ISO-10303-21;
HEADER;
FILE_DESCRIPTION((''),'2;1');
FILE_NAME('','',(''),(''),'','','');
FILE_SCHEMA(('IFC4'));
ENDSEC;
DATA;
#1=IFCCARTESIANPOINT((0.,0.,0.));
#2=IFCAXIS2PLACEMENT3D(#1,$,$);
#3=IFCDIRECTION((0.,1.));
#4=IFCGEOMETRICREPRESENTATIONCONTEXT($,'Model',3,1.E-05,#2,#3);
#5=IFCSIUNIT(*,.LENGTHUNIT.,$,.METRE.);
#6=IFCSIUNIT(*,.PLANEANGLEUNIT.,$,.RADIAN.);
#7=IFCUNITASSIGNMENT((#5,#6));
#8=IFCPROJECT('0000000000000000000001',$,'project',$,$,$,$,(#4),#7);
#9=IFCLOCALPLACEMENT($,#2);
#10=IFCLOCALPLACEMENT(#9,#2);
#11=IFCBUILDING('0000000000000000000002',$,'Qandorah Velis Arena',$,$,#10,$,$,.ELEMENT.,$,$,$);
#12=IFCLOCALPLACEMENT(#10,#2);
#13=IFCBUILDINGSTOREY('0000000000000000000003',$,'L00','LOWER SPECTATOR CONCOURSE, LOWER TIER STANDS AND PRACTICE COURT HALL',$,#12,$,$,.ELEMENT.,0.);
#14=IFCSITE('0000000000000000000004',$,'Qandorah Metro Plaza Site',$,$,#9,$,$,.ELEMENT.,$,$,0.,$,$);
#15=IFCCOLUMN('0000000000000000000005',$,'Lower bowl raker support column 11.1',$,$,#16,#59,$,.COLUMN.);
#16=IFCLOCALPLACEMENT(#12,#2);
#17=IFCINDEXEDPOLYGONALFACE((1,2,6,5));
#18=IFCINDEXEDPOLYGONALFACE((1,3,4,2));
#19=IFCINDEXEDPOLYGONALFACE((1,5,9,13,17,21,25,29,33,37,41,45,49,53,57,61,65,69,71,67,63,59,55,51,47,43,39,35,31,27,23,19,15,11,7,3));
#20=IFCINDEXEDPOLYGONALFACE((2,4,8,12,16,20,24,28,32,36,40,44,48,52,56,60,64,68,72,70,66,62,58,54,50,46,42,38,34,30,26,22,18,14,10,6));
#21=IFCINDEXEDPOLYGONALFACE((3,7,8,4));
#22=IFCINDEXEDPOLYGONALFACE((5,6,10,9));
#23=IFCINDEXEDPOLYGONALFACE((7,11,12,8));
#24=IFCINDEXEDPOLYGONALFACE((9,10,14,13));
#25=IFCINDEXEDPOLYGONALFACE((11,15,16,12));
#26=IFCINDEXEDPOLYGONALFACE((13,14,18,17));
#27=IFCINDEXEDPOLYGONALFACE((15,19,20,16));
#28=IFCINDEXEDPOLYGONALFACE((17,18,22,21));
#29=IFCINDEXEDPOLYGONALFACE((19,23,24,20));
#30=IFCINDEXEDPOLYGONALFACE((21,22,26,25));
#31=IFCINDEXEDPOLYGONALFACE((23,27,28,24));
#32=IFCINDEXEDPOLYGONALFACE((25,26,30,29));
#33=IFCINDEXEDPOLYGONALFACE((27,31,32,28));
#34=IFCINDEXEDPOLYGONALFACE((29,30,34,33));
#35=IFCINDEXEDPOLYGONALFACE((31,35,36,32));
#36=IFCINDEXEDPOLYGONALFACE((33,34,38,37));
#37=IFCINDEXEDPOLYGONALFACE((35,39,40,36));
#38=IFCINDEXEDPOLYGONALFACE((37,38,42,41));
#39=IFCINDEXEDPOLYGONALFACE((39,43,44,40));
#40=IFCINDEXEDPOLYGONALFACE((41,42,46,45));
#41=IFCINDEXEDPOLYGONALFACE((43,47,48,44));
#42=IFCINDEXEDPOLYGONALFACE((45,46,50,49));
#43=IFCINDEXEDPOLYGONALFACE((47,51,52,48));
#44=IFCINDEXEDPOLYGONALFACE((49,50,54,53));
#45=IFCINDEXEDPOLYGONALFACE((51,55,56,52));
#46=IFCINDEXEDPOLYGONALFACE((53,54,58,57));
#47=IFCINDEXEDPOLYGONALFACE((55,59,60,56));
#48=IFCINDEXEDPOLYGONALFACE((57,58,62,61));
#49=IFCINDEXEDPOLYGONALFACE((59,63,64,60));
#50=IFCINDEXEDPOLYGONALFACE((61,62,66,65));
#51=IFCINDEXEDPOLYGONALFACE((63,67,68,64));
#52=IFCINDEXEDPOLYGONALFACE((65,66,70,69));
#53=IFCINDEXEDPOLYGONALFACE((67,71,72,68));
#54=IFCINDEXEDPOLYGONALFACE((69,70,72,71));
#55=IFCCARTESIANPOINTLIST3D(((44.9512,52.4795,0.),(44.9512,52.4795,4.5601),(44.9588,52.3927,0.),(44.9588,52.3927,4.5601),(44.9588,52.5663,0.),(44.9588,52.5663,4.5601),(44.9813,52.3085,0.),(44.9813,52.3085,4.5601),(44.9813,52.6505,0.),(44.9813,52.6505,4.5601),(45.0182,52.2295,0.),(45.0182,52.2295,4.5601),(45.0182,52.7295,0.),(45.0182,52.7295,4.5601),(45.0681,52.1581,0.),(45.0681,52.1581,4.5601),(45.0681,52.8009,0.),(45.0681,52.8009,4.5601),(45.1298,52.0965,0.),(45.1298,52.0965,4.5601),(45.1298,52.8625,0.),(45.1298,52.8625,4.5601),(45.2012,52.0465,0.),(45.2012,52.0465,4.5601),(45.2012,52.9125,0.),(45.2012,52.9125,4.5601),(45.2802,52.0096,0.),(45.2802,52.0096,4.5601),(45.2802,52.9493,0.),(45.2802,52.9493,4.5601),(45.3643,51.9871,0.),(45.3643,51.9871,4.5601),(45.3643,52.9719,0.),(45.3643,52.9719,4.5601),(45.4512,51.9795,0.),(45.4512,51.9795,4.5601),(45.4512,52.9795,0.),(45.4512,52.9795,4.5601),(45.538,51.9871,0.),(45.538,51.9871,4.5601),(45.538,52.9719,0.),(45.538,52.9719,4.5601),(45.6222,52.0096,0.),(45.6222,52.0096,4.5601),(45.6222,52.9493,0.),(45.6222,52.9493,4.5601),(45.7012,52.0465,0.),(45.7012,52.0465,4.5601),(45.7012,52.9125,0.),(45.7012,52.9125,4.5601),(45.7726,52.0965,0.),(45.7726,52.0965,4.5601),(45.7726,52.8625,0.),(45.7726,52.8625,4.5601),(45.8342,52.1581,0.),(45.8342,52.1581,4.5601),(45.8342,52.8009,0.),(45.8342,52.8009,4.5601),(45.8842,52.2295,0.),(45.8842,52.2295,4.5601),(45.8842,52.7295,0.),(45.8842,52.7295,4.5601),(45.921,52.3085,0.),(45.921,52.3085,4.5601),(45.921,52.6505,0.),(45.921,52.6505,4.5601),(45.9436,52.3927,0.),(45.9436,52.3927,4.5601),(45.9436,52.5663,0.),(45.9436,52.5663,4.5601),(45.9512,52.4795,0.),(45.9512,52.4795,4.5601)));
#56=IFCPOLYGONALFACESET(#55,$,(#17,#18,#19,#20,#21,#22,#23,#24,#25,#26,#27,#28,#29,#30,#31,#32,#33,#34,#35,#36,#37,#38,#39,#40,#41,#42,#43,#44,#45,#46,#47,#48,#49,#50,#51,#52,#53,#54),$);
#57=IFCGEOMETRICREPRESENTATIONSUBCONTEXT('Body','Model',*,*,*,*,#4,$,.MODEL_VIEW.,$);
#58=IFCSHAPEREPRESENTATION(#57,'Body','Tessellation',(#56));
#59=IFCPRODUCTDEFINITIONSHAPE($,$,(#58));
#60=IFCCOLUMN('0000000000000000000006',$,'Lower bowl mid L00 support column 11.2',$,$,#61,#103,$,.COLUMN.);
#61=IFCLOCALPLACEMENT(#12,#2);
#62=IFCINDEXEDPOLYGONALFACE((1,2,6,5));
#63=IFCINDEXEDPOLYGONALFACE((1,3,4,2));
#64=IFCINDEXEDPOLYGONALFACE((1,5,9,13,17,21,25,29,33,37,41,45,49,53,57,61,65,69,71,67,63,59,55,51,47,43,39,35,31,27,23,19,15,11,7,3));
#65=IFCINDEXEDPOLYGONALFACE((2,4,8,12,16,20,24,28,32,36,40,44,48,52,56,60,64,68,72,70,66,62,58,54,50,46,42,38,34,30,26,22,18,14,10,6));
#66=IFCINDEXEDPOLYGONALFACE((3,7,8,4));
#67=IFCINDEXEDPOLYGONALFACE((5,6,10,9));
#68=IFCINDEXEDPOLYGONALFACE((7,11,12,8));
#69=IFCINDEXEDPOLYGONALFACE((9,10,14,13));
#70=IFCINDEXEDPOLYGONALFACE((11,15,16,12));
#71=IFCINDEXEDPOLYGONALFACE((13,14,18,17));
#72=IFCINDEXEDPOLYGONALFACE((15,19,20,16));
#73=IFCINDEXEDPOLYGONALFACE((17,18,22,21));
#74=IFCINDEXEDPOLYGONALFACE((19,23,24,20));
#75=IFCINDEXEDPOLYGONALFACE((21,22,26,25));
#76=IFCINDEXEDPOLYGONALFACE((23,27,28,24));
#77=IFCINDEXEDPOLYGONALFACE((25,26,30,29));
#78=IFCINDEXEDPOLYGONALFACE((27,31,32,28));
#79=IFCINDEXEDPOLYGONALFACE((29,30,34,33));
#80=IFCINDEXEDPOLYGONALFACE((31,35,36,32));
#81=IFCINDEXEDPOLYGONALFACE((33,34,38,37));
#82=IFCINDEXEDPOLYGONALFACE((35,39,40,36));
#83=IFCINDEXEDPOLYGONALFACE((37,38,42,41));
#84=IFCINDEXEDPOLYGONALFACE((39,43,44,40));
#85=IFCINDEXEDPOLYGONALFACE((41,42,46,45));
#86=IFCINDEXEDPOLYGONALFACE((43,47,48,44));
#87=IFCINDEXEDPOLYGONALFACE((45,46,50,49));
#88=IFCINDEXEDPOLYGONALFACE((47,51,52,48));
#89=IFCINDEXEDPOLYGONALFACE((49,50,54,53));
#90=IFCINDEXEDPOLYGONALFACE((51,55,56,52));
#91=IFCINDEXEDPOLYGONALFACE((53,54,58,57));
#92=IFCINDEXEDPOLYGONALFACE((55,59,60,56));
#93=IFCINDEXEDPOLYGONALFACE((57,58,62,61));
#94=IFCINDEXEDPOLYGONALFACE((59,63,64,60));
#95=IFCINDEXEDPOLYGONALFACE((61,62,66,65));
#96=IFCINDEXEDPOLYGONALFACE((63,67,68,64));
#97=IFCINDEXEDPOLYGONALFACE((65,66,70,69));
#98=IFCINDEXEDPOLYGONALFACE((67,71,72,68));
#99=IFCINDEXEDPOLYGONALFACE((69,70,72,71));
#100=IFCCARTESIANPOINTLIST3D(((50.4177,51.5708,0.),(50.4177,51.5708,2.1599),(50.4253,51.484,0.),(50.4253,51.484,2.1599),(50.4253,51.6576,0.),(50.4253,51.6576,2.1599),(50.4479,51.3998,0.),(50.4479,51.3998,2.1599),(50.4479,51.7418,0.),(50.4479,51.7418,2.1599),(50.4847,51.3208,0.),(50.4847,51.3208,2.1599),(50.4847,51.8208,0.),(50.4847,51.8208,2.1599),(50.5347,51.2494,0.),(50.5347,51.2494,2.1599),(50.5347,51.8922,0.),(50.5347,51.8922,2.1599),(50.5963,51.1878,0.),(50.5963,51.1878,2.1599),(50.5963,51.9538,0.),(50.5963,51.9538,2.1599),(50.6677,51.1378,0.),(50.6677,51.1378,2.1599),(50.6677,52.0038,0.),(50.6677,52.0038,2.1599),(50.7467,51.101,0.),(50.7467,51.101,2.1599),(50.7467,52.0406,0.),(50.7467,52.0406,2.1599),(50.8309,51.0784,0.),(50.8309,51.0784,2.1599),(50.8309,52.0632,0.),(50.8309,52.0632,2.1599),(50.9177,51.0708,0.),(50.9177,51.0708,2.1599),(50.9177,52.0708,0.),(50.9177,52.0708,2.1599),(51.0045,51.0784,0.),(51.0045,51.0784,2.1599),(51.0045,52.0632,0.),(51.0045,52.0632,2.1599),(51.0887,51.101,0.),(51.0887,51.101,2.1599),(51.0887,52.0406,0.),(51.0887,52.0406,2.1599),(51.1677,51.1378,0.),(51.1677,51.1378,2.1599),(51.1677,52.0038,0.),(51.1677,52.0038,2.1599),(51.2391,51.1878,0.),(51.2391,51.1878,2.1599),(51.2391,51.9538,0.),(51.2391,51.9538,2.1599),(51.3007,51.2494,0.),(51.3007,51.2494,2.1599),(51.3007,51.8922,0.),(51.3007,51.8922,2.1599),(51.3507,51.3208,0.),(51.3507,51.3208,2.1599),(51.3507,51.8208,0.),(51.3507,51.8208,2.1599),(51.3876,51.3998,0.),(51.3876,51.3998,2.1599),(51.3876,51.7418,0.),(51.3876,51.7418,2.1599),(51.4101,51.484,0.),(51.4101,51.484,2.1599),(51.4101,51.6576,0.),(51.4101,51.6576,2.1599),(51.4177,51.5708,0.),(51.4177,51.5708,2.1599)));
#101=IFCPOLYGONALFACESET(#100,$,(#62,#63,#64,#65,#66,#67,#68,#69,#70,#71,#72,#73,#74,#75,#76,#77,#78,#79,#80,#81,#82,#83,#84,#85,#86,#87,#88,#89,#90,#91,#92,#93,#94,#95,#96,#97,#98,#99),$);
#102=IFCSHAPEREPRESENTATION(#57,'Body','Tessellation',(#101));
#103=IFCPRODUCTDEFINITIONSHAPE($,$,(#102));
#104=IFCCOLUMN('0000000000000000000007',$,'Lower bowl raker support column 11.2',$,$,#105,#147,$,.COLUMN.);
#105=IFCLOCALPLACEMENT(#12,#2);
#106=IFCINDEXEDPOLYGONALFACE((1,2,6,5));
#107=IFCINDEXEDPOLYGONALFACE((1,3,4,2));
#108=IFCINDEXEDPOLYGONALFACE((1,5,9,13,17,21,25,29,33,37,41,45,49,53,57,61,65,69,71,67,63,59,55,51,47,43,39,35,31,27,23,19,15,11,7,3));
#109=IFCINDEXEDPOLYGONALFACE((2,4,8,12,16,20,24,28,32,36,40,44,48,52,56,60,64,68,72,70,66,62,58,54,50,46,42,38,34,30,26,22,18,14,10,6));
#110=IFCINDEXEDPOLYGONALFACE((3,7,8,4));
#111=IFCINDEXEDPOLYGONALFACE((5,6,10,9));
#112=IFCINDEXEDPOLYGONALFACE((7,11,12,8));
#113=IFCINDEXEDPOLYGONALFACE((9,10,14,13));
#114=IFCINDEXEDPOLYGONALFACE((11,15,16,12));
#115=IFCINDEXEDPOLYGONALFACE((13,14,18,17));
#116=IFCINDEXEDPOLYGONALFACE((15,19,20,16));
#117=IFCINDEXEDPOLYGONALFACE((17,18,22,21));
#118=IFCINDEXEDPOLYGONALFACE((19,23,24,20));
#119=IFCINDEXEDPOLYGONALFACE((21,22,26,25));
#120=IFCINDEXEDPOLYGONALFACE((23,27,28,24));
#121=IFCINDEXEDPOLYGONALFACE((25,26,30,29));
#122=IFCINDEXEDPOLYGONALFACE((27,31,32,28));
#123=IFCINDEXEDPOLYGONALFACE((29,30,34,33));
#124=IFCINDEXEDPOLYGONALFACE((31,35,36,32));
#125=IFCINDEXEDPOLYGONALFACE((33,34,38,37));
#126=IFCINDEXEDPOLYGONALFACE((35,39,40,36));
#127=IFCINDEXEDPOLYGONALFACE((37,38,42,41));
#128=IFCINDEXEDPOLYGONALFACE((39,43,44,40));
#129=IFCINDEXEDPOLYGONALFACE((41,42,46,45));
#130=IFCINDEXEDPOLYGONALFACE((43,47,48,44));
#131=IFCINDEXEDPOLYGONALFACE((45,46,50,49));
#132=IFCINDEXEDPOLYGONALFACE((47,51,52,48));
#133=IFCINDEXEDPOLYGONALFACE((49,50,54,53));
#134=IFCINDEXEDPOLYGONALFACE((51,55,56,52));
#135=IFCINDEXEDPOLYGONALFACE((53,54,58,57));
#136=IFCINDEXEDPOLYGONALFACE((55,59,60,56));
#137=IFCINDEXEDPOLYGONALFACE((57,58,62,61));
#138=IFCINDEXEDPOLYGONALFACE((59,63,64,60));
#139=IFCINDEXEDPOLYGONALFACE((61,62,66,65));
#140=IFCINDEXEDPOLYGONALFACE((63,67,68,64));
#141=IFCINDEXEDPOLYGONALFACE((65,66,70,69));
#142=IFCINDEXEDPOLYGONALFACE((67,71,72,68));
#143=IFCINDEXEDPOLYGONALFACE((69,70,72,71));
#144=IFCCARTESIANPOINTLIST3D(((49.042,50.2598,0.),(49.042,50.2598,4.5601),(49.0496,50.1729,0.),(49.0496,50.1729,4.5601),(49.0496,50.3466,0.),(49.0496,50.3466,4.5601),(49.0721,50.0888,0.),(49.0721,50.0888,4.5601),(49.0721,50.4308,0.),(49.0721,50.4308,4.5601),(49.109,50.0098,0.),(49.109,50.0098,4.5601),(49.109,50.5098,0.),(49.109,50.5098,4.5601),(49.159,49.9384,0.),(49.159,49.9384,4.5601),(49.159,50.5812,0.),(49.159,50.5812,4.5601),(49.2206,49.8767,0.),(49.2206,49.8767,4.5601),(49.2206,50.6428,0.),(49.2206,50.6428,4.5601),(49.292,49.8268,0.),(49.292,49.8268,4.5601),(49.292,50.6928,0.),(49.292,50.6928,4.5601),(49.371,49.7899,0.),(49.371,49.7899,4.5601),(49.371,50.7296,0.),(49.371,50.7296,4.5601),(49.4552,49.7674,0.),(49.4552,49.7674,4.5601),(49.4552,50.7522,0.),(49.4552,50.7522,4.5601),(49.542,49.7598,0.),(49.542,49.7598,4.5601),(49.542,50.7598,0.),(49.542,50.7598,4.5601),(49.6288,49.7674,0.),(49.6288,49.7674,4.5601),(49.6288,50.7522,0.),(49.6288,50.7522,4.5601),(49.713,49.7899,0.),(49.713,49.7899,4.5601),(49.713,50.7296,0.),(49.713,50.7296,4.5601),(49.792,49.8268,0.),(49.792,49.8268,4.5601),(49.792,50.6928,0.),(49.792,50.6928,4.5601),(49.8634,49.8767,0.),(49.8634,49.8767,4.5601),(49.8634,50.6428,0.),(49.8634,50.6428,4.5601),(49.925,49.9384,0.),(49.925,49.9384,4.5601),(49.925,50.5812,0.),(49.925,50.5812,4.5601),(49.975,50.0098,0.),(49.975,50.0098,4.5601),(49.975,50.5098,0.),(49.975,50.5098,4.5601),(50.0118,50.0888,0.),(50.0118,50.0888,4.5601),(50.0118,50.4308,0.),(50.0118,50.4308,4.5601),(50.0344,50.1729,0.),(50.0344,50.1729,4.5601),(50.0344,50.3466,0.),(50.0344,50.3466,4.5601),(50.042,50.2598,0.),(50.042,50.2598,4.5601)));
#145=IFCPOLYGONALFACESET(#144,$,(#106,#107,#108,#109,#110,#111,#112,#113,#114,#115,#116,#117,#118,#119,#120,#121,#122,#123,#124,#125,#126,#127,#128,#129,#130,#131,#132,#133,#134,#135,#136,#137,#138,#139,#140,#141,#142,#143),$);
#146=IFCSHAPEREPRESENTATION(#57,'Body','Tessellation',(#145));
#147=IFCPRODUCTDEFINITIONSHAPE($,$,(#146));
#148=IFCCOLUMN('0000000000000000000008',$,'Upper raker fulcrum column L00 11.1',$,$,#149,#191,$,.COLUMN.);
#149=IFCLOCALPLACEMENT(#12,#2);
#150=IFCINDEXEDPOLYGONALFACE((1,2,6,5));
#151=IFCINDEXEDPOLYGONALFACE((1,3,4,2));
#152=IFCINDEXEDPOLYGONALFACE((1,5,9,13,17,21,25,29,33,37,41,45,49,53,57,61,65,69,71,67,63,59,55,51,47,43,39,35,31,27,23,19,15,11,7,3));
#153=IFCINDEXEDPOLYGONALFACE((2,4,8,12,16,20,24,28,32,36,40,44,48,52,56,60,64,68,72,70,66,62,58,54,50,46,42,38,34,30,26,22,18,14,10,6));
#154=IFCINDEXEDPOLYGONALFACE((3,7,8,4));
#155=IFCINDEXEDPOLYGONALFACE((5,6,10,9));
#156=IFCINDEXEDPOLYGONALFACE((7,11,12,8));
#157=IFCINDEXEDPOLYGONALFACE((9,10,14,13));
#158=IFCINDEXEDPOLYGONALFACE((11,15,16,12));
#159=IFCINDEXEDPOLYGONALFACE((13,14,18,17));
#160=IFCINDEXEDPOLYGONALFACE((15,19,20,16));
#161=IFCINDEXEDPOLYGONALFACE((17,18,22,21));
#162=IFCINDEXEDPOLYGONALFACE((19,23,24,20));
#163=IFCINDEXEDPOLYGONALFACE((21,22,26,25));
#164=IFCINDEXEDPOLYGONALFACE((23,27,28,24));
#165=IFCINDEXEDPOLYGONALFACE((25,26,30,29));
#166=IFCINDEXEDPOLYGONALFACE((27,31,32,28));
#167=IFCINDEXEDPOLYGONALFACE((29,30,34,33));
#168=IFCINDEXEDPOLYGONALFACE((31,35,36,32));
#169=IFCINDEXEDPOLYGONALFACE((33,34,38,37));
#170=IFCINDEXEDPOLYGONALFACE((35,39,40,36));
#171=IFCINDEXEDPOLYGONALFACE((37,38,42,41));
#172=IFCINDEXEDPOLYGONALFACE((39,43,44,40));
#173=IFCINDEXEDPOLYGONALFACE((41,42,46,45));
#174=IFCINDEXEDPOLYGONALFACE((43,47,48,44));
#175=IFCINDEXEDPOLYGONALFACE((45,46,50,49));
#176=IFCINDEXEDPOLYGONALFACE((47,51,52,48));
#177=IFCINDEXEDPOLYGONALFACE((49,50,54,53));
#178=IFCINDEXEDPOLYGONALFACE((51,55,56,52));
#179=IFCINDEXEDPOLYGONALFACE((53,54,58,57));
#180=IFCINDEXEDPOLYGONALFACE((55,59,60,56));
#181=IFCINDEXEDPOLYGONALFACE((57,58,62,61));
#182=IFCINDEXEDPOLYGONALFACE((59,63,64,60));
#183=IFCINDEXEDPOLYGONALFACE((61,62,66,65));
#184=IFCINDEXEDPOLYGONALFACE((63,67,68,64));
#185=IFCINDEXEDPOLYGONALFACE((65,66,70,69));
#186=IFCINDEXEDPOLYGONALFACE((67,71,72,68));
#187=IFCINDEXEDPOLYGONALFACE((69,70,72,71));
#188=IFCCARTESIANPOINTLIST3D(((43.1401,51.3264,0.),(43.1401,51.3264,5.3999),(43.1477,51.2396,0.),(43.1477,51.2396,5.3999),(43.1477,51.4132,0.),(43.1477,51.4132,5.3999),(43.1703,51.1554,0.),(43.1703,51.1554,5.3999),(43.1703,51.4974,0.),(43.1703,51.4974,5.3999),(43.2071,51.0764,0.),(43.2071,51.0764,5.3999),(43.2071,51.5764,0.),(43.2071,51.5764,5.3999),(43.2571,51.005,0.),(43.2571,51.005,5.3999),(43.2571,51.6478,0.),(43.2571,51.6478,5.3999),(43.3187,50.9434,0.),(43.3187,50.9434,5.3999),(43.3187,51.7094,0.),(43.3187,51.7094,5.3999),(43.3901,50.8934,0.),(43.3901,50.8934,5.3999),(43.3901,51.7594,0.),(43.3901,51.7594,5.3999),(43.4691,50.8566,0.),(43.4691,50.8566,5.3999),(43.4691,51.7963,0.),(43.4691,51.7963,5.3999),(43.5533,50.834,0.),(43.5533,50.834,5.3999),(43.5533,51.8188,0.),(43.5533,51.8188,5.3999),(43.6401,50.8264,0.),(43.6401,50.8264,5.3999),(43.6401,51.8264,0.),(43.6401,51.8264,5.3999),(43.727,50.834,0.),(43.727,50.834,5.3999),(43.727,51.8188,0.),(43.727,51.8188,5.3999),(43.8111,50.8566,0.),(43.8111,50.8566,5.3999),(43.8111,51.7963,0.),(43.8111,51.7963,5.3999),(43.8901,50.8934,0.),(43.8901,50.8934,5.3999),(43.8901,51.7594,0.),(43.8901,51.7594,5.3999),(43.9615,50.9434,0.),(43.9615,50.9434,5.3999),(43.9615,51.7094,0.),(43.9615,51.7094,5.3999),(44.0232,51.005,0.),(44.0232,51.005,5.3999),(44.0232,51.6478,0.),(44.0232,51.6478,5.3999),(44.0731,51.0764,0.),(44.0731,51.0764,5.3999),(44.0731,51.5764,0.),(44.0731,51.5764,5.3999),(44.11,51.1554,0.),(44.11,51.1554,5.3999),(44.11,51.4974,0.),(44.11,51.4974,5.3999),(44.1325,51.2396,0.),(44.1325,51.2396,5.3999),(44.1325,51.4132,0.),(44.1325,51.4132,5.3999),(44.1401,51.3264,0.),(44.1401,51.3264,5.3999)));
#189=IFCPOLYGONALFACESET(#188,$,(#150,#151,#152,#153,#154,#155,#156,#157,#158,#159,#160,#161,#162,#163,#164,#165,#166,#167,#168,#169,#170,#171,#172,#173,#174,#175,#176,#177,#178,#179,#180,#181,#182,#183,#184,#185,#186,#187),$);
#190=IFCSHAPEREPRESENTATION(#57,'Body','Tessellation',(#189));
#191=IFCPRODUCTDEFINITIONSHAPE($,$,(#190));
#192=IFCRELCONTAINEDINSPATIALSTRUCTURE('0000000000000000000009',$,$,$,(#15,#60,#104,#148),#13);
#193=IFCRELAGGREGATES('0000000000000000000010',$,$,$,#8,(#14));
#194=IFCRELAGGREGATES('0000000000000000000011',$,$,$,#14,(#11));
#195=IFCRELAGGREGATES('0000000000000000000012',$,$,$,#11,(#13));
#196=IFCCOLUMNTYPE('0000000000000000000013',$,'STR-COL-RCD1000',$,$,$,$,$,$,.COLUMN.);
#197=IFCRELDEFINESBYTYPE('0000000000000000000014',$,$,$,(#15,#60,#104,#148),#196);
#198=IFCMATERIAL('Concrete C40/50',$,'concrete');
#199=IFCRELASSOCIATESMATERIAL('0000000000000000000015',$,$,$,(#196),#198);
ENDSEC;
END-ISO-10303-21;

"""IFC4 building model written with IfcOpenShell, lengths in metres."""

from ifc_helpers import new_model, si_unit, direction, frame, origin, origin_2d, place, context, subcontext, project, spatial, circle, extrude, material, material_profile, profile_set, type_object, element, save


model = new_model("IFC4")

# Units and contexts
model_context = context("Model", 3, precision=1e-05, world=origin(), true_north=direction((0.0, 1.0)))
body_context = subcontext(model_context, "Body", "Model", "MODEL_VIEW")
ifc_project = project(units=[si_unit("LENGTHUNIT", "METRE"), si_unit("PLANEANGLEUNIT", "RADIAN")], contexts=[model_context])

# Site, building, storey
site_placement = place(None, origin())
site = spatial("IfcSite", under=ifc_project, at=site_placement, Name="Qandorah Metro Plaza Site", CompositionType="ELEMENT", RefElevation=0.0)
building_placement = place(site_placement, origin())
building = spatial("IfcBuilding", under=site, at=building_placement, Name="Qandorah Velis Arena", CompositionType="ELEMENT")
storey_placement = place(building_placement, origin())
storey = spatial("IfcBuildingStorey", under=building, at=storey_placement, Name="L00", Description="LOWER SPECTATOR CONCOURSE, LOWER TIER STANDS AND PRACTICE COURT HALL", CompositionType="ELEMENT", Elevation=0.0)

# Columns
ifc_material_1 = material(Name="Concrete C40/50", Category="concrete")
ifc_material_profile_1 = material_profile(ifc_material_1, circle(Radius=0.5, at=origin_2d()), Name="RC D1000")
ifc_profile_set_1 = profile_set([ifc_material_profile_1], Name="Concrete C40/50")
column_type = type_object("IfcColumnType", Name="STR-COL-RCD1000", PredefinedType="COLUMN", material=ifc_profile_set_1)
column_1_placement = place(storey_placement, frame((45.4512, 52.4795, 0.0), z_axis=(0.0, 0.0, 1.0), x_axis=(1.0, 0.0, 0.0)))
element("IfcColumn", 1, at=column_1_placement, inside=storey, type_object=column_type, Name="Lower bowl raker support column 11.1", PredefinedType="COLUMN", context=body_context, shape_type="SweptSolid", body=[
    extrude(circle(Radius=0.5, at=origin_2d()), origin(), (0.0, 0.0, 1.0), 4.5601),
])
column_2_placement = place(storey_placement, frame((50.9177, 51.5708, 0.0), z_axis=(0.0, 0.0, 1.0), x_axis=(1.0, 0.0, 0.0)))
element("IfcColumn", 2, at=column_2_placement, inside=storey, type_object=column_type, Name="Lower bowl mid L00 support column 11.2", PredefinedType="COLUMN", context=body_context, shape_type="SweptSolid", body=[
    extrude(circle(Radius=0.5, at=origin_2d()), origin(), (0.0, 0.0, 1.0), 2.1599),
])
column_3_placement = place(storey_placement, frame((49.542, 50.2598, 0.0), z_axis=(0.0, 0.0, 1.0), x_axis=(1.0, 0.0, 0.0)))
element("IfcColumn", 3, at=column_3_placement, inside=storey, type_object=column_type, Name="Lower bowl raker support column 11.2", PredefinedType="COLUMN", context=body_context, shape_type="SweptSolid", body=[
    extrude(circle(Radius=0.5, at=origin_2d()), origin(), (0.0, 0.0, 1.0), 4.5601),
])
for number, where, z_axis, x_axis, name in (
    (4, (43.6401, 51.3264, 0.0), (0.0, 0.0, 1.0), (1.0, 0.0, 0.0), "Upper raker fulcrum column L00 11.1"),
):
    element("IfcColumn", number, at=place(storey_placement, frame(where, z_axis=z_axis, x_axis=x_axis)), inside=storey, type_object=column_type, Name=name, PredefinedType="COLUMN", context=body_context, shape_type="SweptSolid", body=[
        extrude(circle(Radius=0.5, at=origin_2d()), origin(), (0.0, 0.0, 1.0), 5.3999),
    ])

save(model, "model.ifc")
